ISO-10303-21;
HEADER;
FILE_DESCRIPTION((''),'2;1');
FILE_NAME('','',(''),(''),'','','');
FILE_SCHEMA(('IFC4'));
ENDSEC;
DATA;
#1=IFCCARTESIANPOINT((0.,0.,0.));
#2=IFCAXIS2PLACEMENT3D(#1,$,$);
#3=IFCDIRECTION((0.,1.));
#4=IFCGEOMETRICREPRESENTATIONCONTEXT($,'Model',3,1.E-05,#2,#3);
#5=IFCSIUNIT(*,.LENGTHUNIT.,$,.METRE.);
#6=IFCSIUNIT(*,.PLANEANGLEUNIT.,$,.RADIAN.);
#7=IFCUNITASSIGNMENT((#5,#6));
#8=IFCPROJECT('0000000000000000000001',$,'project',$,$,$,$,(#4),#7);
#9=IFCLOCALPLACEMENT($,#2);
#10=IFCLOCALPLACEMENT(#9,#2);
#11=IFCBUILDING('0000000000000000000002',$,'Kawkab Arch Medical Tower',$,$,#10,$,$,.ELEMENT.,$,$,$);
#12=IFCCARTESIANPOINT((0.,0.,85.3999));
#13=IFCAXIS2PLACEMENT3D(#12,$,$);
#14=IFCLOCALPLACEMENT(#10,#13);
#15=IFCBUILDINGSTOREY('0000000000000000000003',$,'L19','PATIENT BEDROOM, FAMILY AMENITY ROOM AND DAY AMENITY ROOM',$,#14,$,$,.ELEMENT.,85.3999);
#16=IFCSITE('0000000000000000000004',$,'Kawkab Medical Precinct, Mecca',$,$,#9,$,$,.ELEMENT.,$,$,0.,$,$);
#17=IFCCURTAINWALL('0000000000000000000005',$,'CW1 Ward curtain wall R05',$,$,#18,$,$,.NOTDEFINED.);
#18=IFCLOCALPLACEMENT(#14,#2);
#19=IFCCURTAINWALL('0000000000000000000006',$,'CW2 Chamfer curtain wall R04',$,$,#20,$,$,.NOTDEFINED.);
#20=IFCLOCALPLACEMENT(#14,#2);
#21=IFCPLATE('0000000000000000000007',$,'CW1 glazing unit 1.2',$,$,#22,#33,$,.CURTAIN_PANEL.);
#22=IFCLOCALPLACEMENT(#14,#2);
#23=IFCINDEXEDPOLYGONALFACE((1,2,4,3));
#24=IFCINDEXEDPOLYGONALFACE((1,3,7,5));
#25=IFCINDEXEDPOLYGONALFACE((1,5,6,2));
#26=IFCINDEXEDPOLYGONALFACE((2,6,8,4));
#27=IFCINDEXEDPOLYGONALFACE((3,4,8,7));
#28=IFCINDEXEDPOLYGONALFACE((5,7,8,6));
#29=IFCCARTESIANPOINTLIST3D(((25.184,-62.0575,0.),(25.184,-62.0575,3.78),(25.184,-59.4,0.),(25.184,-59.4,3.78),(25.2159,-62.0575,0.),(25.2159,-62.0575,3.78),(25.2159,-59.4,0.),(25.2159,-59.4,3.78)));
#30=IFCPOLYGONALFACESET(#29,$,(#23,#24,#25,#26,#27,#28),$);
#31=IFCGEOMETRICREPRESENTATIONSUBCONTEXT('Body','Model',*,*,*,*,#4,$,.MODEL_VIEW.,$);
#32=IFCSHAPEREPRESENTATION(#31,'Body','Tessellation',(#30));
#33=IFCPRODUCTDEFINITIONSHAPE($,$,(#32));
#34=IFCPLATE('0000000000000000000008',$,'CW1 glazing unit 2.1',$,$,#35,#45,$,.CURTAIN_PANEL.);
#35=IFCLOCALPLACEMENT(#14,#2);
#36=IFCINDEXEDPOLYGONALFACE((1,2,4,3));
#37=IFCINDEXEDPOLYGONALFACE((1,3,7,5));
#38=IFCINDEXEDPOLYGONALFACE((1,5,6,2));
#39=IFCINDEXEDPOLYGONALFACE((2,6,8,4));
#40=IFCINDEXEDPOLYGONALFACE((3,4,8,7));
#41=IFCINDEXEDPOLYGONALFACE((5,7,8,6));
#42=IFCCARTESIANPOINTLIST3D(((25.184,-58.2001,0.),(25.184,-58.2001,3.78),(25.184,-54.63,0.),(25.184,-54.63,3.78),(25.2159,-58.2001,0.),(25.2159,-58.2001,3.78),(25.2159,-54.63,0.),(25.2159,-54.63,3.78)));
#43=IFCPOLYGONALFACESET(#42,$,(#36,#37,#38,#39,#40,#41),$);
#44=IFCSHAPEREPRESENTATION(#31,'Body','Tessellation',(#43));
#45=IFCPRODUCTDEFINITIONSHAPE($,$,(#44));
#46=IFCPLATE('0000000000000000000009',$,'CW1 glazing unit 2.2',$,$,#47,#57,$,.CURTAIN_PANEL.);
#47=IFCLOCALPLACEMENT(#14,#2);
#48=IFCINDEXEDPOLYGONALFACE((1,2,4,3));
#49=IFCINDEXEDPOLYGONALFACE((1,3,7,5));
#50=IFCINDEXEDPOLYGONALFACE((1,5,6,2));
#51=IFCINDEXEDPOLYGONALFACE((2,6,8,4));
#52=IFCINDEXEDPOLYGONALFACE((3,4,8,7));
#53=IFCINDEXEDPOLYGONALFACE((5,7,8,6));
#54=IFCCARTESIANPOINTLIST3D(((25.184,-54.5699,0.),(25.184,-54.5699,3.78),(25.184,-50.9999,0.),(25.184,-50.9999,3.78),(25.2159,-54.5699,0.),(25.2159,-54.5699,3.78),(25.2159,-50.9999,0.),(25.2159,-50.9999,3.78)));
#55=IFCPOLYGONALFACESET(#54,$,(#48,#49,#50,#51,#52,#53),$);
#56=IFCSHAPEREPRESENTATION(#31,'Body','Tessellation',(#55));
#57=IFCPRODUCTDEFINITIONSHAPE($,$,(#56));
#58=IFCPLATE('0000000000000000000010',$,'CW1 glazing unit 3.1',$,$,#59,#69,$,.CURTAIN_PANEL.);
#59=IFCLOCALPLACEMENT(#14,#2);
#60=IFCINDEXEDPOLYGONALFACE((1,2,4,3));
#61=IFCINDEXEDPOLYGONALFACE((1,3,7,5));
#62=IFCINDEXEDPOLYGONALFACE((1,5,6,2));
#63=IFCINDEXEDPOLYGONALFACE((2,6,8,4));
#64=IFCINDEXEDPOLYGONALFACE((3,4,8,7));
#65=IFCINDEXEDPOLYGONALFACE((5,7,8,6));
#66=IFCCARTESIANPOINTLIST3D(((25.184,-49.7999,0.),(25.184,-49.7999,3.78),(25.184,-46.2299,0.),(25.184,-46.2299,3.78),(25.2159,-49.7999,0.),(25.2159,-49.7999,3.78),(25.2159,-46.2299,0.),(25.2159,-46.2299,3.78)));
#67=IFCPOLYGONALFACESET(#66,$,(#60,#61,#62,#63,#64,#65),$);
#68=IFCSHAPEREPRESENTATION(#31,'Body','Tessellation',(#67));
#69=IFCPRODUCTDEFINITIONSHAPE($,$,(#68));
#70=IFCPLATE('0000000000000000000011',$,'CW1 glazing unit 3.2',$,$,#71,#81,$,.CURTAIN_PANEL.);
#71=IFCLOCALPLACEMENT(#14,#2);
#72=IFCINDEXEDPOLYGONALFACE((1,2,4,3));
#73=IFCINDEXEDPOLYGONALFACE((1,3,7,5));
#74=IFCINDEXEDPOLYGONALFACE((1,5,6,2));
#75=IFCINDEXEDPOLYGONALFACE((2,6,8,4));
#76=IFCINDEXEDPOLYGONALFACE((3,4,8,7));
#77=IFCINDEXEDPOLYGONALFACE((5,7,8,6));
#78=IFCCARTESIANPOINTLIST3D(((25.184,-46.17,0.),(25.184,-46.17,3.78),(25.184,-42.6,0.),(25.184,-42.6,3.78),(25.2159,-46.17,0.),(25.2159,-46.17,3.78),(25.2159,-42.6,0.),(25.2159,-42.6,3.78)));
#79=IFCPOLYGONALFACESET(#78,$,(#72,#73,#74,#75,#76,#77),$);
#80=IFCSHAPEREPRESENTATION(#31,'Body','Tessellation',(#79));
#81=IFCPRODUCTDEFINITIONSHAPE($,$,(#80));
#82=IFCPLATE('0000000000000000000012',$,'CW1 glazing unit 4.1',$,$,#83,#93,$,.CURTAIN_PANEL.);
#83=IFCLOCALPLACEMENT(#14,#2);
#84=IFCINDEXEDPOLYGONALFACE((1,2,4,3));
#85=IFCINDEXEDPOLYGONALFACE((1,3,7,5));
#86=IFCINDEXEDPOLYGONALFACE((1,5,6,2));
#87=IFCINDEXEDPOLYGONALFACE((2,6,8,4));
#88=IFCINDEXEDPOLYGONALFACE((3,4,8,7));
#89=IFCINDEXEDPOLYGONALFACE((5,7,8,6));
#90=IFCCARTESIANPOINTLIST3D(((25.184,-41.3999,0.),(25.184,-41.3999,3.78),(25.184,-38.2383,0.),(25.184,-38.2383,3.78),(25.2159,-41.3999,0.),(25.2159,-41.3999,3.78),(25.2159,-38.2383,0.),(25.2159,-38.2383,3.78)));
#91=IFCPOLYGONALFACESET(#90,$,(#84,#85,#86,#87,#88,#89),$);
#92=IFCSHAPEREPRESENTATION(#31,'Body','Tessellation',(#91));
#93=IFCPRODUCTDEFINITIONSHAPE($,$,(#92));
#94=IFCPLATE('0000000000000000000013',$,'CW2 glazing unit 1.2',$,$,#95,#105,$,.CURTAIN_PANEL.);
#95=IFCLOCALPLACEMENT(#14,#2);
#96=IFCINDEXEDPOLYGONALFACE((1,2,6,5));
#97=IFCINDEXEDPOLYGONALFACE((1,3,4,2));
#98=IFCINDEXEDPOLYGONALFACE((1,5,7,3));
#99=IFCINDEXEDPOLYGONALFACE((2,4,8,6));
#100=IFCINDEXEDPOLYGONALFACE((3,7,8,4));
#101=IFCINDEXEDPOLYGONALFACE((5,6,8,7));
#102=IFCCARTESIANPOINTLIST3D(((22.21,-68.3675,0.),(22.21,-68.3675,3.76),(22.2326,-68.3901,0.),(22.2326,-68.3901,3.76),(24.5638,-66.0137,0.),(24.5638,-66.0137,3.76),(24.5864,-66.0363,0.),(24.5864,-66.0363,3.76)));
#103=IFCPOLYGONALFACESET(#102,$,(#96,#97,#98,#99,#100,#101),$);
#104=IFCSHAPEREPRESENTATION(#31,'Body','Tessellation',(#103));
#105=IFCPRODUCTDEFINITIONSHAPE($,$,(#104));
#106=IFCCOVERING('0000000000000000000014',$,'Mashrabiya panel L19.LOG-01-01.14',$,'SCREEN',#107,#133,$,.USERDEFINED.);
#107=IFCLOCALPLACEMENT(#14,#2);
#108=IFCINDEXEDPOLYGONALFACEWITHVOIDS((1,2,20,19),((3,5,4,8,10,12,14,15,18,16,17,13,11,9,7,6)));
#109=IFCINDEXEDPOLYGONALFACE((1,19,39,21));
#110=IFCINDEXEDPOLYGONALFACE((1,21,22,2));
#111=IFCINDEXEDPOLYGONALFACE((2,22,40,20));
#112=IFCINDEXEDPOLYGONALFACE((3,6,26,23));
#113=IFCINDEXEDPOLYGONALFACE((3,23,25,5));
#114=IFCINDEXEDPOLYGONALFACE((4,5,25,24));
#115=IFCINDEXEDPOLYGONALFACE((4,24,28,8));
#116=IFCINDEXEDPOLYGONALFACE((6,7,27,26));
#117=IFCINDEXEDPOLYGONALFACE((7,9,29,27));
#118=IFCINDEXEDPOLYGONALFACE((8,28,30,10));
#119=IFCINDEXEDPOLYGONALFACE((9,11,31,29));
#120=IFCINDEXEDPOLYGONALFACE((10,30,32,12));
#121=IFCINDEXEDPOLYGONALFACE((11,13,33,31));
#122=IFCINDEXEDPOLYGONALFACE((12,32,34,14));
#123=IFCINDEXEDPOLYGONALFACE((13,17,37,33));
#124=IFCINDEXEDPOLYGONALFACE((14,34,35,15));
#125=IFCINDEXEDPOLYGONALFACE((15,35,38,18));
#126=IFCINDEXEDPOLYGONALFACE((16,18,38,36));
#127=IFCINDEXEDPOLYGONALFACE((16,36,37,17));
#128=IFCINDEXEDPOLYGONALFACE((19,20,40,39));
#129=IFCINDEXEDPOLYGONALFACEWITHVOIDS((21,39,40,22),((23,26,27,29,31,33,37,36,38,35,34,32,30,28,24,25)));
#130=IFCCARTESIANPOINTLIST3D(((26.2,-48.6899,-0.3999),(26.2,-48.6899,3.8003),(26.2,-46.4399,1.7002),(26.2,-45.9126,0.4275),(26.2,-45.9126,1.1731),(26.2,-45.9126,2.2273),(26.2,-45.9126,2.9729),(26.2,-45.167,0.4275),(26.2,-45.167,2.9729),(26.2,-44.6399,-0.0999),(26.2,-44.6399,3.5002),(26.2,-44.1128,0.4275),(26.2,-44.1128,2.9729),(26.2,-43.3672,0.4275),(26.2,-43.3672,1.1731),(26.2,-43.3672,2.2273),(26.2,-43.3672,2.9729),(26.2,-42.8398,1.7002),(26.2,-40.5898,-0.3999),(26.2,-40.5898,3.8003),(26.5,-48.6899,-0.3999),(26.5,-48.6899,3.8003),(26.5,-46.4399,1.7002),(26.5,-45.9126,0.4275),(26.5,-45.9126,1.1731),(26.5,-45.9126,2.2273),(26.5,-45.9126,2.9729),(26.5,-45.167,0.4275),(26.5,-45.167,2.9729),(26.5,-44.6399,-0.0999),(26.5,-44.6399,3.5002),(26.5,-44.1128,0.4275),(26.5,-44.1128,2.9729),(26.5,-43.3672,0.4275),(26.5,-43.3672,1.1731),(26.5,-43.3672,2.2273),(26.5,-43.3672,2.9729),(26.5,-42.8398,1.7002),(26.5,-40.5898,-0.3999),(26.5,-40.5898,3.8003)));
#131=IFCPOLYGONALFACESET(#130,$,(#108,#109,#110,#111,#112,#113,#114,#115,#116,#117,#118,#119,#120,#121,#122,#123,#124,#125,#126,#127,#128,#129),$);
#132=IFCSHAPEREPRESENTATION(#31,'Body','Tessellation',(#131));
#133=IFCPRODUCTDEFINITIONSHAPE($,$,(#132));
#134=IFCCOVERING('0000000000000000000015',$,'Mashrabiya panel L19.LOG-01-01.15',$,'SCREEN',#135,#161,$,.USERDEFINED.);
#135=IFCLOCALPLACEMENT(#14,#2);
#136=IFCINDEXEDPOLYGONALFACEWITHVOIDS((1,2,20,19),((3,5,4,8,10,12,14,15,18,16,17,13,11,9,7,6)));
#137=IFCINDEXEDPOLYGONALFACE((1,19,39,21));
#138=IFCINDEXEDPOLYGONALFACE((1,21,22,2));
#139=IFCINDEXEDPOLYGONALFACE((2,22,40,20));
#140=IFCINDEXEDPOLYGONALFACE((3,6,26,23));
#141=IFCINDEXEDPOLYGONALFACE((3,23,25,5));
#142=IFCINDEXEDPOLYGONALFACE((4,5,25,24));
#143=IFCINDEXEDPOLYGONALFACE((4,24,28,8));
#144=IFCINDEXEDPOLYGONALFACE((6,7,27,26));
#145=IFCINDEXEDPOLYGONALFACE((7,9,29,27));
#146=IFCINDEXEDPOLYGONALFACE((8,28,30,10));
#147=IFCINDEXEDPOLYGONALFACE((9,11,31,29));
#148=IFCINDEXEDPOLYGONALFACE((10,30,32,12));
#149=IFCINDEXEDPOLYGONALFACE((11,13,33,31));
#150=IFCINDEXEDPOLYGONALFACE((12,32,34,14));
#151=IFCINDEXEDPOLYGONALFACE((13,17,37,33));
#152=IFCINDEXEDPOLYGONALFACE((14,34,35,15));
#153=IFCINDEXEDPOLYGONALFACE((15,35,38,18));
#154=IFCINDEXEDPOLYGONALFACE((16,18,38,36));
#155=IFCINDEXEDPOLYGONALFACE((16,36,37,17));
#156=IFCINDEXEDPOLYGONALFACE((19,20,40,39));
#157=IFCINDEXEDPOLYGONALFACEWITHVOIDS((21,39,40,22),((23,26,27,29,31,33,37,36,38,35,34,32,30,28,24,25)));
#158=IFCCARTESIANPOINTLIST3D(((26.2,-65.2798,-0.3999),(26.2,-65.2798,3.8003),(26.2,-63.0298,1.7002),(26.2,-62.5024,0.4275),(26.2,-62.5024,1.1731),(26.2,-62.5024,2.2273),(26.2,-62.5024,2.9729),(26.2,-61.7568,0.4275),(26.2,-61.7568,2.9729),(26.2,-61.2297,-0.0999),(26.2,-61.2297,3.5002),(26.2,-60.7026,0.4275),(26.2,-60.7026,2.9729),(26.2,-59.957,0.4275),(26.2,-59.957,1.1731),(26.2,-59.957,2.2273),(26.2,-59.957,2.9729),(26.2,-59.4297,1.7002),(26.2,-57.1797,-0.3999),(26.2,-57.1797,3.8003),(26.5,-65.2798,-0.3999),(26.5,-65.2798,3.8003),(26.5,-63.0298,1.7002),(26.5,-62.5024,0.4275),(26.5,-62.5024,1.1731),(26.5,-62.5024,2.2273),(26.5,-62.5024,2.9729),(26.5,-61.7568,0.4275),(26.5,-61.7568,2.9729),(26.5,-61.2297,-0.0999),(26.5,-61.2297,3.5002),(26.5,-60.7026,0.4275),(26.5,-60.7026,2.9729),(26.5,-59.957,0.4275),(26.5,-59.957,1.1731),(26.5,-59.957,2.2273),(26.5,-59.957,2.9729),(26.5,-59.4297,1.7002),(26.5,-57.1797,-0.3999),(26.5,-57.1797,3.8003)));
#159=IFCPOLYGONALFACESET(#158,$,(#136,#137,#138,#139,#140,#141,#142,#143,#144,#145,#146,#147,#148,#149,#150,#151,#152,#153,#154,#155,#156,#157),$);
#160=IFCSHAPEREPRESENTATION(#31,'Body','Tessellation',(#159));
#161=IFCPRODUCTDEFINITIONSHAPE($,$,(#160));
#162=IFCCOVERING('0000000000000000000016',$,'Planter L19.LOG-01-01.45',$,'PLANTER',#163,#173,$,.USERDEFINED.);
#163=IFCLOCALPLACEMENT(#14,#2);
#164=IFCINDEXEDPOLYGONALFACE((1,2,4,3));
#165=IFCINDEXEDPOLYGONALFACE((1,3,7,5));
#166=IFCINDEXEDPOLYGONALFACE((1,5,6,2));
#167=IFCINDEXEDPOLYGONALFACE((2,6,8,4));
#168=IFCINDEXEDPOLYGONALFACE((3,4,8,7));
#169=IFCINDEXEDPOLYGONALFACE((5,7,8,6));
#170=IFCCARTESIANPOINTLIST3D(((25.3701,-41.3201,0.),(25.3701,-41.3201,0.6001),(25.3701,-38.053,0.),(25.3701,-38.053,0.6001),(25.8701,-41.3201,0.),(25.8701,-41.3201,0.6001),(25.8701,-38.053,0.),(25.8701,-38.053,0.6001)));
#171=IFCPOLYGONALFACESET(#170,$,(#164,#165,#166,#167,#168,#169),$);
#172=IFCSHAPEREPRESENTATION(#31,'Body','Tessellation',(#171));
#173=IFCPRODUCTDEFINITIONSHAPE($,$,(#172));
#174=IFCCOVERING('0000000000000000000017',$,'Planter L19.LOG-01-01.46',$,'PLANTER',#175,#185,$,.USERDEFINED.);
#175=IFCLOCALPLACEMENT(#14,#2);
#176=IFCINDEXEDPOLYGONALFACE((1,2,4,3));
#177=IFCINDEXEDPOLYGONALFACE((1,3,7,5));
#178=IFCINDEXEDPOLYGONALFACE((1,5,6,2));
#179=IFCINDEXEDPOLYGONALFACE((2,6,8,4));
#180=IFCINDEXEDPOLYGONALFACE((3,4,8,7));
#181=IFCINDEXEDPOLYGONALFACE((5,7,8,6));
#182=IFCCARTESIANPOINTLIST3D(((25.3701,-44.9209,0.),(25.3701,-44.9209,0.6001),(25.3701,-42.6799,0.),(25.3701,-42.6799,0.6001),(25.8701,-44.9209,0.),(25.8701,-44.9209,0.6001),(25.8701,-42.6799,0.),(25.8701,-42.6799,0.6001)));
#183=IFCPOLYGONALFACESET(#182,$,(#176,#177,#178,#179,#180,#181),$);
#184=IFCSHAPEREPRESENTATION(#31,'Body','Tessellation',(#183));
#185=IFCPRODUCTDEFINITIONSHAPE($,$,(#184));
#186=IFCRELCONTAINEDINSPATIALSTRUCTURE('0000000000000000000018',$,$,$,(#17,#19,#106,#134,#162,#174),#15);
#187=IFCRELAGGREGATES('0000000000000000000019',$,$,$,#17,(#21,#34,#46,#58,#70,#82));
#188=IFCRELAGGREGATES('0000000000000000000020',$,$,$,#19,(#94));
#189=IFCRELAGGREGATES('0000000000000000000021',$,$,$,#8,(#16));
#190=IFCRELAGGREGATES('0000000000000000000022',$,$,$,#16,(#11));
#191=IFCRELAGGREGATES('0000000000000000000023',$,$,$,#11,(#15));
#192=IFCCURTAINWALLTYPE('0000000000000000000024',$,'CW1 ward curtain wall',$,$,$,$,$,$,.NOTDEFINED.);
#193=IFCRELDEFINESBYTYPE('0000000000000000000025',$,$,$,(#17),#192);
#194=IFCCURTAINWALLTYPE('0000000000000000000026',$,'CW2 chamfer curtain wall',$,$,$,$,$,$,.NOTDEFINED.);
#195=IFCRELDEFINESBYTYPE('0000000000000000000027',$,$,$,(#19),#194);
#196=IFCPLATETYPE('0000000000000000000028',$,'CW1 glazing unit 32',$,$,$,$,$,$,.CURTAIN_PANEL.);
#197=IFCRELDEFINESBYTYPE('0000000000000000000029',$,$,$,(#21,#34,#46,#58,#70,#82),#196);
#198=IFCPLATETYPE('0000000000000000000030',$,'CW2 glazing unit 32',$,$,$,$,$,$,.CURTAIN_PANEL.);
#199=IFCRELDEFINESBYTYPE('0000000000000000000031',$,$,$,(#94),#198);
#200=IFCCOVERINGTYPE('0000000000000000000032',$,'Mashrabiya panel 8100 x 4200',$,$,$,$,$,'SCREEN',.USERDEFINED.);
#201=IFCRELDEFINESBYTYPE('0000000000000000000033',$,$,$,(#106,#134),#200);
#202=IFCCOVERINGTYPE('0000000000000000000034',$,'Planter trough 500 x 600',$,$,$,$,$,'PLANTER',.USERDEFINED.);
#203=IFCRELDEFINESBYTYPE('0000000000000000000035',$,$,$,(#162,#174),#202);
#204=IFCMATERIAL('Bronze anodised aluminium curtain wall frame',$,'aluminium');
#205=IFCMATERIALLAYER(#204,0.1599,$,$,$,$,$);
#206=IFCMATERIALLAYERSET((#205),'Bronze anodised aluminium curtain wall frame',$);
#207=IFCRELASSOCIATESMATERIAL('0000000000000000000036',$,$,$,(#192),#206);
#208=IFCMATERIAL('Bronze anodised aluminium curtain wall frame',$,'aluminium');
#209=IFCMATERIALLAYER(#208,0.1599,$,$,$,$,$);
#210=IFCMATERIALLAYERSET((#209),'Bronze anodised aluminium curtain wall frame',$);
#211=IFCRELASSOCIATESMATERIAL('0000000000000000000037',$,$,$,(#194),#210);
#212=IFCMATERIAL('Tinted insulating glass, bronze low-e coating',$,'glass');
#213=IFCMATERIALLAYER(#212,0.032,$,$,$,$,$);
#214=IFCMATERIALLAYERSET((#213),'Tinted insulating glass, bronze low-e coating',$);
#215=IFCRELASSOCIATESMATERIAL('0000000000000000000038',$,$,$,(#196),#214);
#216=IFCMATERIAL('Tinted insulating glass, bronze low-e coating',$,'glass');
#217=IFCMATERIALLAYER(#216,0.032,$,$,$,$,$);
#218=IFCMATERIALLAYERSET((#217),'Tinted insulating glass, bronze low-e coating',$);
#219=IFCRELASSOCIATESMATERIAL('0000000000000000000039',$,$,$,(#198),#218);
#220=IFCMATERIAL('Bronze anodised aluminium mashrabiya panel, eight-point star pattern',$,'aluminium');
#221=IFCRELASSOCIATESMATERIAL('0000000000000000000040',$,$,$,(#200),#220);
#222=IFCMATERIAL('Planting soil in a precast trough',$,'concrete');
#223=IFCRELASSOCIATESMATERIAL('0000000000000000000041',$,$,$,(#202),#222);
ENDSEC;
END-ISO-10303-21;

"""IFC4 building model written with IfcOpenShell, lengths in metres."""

from ifc_helpers import new_model, si_unit, direction, frame, origin, origin_2d, place, context, subcontext, project, spatial, polyline, rectangle, outline, extrude, material, layer, layer_set, material_profile, profile_set, type_object, element, aggregate, save


model = new_model("IFC4")

# Units and contexts
model_context = context("Model", 3, precision=1e-05, world=origin(), true_north=direction((0.0, 1.0)))
body_context = subcontext(model_context, "Body", "Model", "MODEL_VIEW")
ifc_project = project(units=[si_unit("LENGTHUNIT", "METRE"), si_unit("PLANEANGLEUNIT", "RADIAN")], contexts=[model_context])

# Site, building, storey
site_placement = place(None, origin())
site = spatial("IfcSite", under=ifc_project, at=site_placement, Name="Kawkab Medical Precinct, Mecca", CompositionType="ELEMENT", RefElevation=0.0)
building_placement = place(site_placement, origin())
building = spatial("IfcBuilding", under=site, at=building_placement, Name="Kawkab Arch Medical Tower", CompositionType="ELEMENT")
storey_placement = place(building_placement, frame((0.0, 0.0, 85.3999)))
storey = spatial("IfcBuildingStorey", under=building, at=storey_placement, Name="L19", Description="PATIENT BEDROOM, FAMILY AMENITY ROOM AND DAY AMENITY ROOM", CompositionType="ELEMENT", Elevation=85.3999)

# Curtain wall
ifc_material_1 = material(Name="Bronze anodised aluminium curtain wall frame", Category="aluminium")
ifc_layer_1 = layer(ifc_material_1, 0.1599)
ifc_layer_set_1 = layer_set([ifc_layer_1], Name="Bronze anodised aluminium curtain wall frame")
curtain_wall_type_1 = type_object("IfcCurtainWallType", Name="CW1 ward curtain wall", PredefinedType="NOTDEFINED", material=ifc_layer_set_1)
placement = place(storey_placement, origin())
curtain_wall_1 = element("IfcCurtainWall", 1, at=placement, inside=storey, type_object=curtain_wall_type_1, Name="CW1 Ward curtain wall R05", PredefinedType="NOTDEFINED")

# Curtain wall
ifc_material_2 = material(Name="Bronze anodised aluminium curtain wall frame", Category="aluminium")
ifc_layer_2 = layer(ifc_material_2, 0.1599)
ifc_layer_set_2 = layer_set([ifc_layer_2], Name="Bronze anodised aluminium curtain wall frame")
curtain_wall_type_2 = type_object("IfcCurtainWallType", Name="CW2 chamfer curtain wall", PredefinedType="NOTDEFINED", material=ifc_layer_set_2)
curtain_wall_2 = element("IfcCurtainWall", 2, at=placement, inside=storey, type_object=curtain_wall_type_2, Name="CW2 Chamfer curtain wall R04", PredefinedType="NOTDEFINED")

# Plates
ifc_material_3 = material(Name="Tinted insulating glass, bronze low-e coating", Category="glass")
ifc_layer_3 = layer(ifc_material_3, 0.032)
ifc_layer_set_3 = layer_set([ifc_layer_3], Name="Tinted insulating glass, bronze low-e coating")
plate_type_1 = type_object("IfcPlateType", Name="CW1 glazing unit 32", PredefinedType="CURTAIN_PANEL", material=ifc_layer_set_3)
plate_1_placement = place(storey_placement, frame((25.2, -60.7288, 0.0), z_axis=(0.0, 0.0, 1.0), x_axis=(0.0, 1.0, 0.0)))
plate_1 = element("IfcPlate", 3, at=plate_1_placement, type_object=plate_type_1, Name="CW1 glazing unit 1.2", PredefinedType="CURTAIN_PANEL", context=body_context, shape_type="SweptSolid", body=[
    extrude(rectangle(XDim=2.6575, YDim=0.032, at=origin_2d()), origin(), (0.0, 0.0, 1.0), 3.78),
])
plate_2_placement = place(storey_placement, frame((25.2, -56.415, 0.0), z_axis=(0.0, 0.0, 1.0), x_axis=(0.0, 1.0, 0.0)))
plate_2 = element("IfcPlate", 4, at=plate_2_placement, type_object=plate_type_1, Name="CW1 glazing unit 2.1", PredefinedType="CURTAIN_PANEL", context=body_context, shape_type="SweptSolid", body=[
    extrude(rectangle(XDim=3.5701, YDim=0.032, at=origin_2d()), origin(), (0.0, 0.0, 1.0), 3.78),
])
plate_3_placement = place(storey_placement, frame((25.2, -52.7849, 0.0), z_axis=(0.0, 0.0, 1.0), x_axis=(0.0, 1.0, 0.0)))
plate_3 = element("IfcPlate", 5, at=plate_3_placement, type_object=plate_type_1, Name="CW1 glazing unit 2.2", PredefinedType="CURTAIN_PANEL", context=body_context, shape_type="SweptSolid", body=[
    extrude(rectangle(XDim=3.5701, YDim=0.032, at=origin_2d()), origin(), (0.0, 0.0, 1.0), 3.78),
])
plate_4_placement = place(storey_placement, frame((25.2, -48.0149, 0.0), z_axis=(0.0, 0.0, 1.0), x_axis=(0.0, 1.0, 0.0)))
plate_4 = element("IfcPlate", 6, at=plate_4_placement, type_object=plate_type_1, Name="CW1 glazing unit 3.1", PredefinedType="CURTAIN_PANEL", context=body_context, shape_type="SweptSolid", body=[
    extrude(rectangle(XDim=3.5701, YDim=0.032, at=origin_2d()), origin(), (0.0, 0.0, 1.0), 3.78),
])
plate_5_placement = place(storey_placement, frame((25.2, -44.385, 0.0), z_axis=(0.0, 0.0, 1.0), x_axis=(0.0, 1.0, 0.0)))
plate_5 = element("IfcPlate", 7, at=plate_5_placement, type_object=plate_type_1, Name="CW1 glazing unit 3.2", PredefinedType="CURTAIN_PANEL", context=body_context, shape_type="SweptSolid", body=[
    extrude(rectangle(XDim=3.5701, YDim=0.032, at=origin_2d()), origin(), (0.0, 0.0, 1.0), 3.78),
])
plate_6_placement = place(storey_placement, frame((25.2, -39.8191, 0.0), z_axis=(0.0, 0.0, 1.0), x_axis=(0.0, 1.0, 0.0)))
plate_6 = element("IfcPlate", 8, at=plate_6_placement, type_object=plate_type_1, Name="CW1 glazing unit 4.1", PredefinedType="CURTAIN_PANEL", context=body_context, shape_type="SweptSolid", body=[
    extrude(rectangle(XDim=3.1616, YDim=0.032, at=origin_2d()), origin(), (0.0, 0.0, 1.0), 3.78),
])
aggregate(curtain_wall_1, [plate_1, plate_2, plate_3, plate_4, plate_5, plate_6])
ifc_material_4 = material(Name="Tinted insulating glass, bronze low-e coating", Category="glass")
ifc_layer_4 = layer(ifc_material_4, 0.032)
ifc_layer_set_4 = layer_set([ifc_layer_4], Name="Tinted insulating glass, bronze low-e coating")
plate_type_2 = type_object("IfcPlateType", Name="CW2 glazing unit 32", PredefinedType="CURTAIN_PANEL", material=ifc_layer_set_4)
plate_7_placement = place(storey_placement, frame((23.3982, -67.2019, 0.0), z_axis=(0.0, 0.0, 1.0), x_axis=(0.707107, 0.707107, 0.0)))
plate_7 = element("IfcPlate", 9, at=plate_7_placement, type_object=plate_type_2, Name="CW2 glazing unit 1.2", PredefinedType="CURTAIN_PANEL", context=body_context, shape_type="SweptSolid", body=[
    extrude(rectangle(XDim=3.3289, YDim=0.032, at=origin_2d()), origin(), (0.0, 0.0, 1.0), 3.76),
])
aggregate(curtain_wall_2, [plate_7])

# Coverings
ifc_material_5 = material(Name="Bronze anodised aluminium mashrabiya panel, eight-point star pattern", Category="aluminium")
ifc_material_profile_1 = material_profile(ifc_material_5, outline(polyline([(-4.05, -2.1001), (4.05, -2.1001), (4.05, 2.1001), (-4.05, 2.1001), (-4.05, -2.1001)]), holes=[polyline([(1.8, 0.0), (1.2727, 0.5271), (1.2727, 1.2727), (0.5271, 1.2727), (0.0, 1.8), (-0.5271, 1.2727), (-1.2727, 1.2727), (-1.2727, 0.5271), (-1.8, 0.0), (-1.2727, -0.5271), (-1.2727, -1.2727), (-0.5271, -1.2727), (0.0, -1.8), (0.5271, -1.2727), (1.2727, -1.2727), (1.2727, -0.5271), (1.8, 0.0)])]), Name="Mashrabiya panel 8100x4200")
ifc_profile_set_1 = profile_set([ifc_material_profile_1], Name="Bronze anodised aluminium mashrabiya panel, eight-point star pattern")
covering_type_1 = type_object("IfcCoveringType", Name="Mashrabiya panel 8100 x 4200", ElementType="SCREEN", PredefinedType="USERDEFINED", material=ifc_profile_set_1)
for number, where, z_axis, x_axis, name in (
    (10, (26.2, -44.6399, 1.7002), (1.0, 0.0, 0.0), (0.0, 1.0, 0.0), "Mashrabiya panel L19.LOG-01-01.14"),
    (11, (26.2, -61.2297, 1.7002), (1.0, 0.0, 0.0), (0.0, 1.0, 0.0), "Mashrabiya panel L19.LOG-01-01.15"),
):
    element("IfcCovering", number, at=place(storey_placement, frame(where, z_axis=z_axis, x_axis=x_axis)), inside=storey, type_object=covering_type_1, Name=name, ObjectType="SCREEN", PredefinedType="USERDEFINED", context=body_context, shape_type="SweptSolid", body=[
        extrude(outline(polyline([(-4.05, -2.1001), (4.05, -2.1001), (4.05, 2.1001), (-4.05, 2.1001), (-4.05, -2.1001)]), holes=[polyline([(1.8, 0.0), (1.2727, 0.5271), (1.2727, 1.2727), (0.5271, 1.2727), (0.0, 1.8), (-0.5271, 1.2727), (-1.2727, 1.2727), (-1.2727, 0.5271), (-1.8, 0.0), (-1.2727, -0.5271), (-1.2727, -1.2727), (-0.5271, -1.2727), (0.0, -1.8), (0.5271, -1.2727), (1.2727, -1.2727), (1.2727, -0.5271), (1.8, 0.0)])]), origin(), (0.0, 0.0, 1.0), 0.3),
    ])
ifc_material_6 = material(Name="Planting soil in a precast trough", Category="concrete")
ifc_material_profile_2 = material_profile(ifc_material_6, rectangle(XDim=0.5, YDim=0.6001, at=origin_2d()), Name="Trough 500x600")
ifc_profile_set_2 = profile_set([ifc_material_profile_2], Name="Planting soil in a precast trough")
covering_type_2 = type_object("IfcCoveringType", Name="Planter trough 500 x 600", ElementType="PLANTER", PredefinedType="USERDEFINED", material=ifc_profile_set_2)
covering_1_placement = place(storey_placement, frame((25.6201, -38.053, 0.3), z_axis=(0.0, -1.0, 0.0), x_axis=(1.0, 0.0, 0.0)))
element("IfcCovering", 12, at=covering_1_placement, inside=storey, type_object=covering_type_2, Name="Planter L19.LOG-01-01.45", ObjectType="PLANTER", PredefinedType="USERDEFINED", context=body_context, shape_type="SweptSolid", body=[
    extrude(rectangle(XDim=0.5, YDim=0.6001, at=origin_2d()), origin(), (0.0, 0.0, 1.0), 3.2671),
])
covering_2_placement = place(storey_placement, frame((25.6201, -42.6799, 0.3), z_axis=(0.0, -1.0, 0.0), x_axis=(1.0, 0.0, 0.0)))
element("IfcCovering", 13, at=covering_2_placement, inside=storey, type_object=covering_type_2, Name="Planter L19.LOG-01-01.46", ObjectType="PLANTER", PredefinedType="USERDEFINED", context=body_context, shape_type="SweptSolid", body=[
    extrude(rectangle(XDim=0.5, YDim=0.6001, at=origin_2d()), origin(), (0.0, 0.0, 1.0), 2.241),
])

save(model, "model.ifc")
